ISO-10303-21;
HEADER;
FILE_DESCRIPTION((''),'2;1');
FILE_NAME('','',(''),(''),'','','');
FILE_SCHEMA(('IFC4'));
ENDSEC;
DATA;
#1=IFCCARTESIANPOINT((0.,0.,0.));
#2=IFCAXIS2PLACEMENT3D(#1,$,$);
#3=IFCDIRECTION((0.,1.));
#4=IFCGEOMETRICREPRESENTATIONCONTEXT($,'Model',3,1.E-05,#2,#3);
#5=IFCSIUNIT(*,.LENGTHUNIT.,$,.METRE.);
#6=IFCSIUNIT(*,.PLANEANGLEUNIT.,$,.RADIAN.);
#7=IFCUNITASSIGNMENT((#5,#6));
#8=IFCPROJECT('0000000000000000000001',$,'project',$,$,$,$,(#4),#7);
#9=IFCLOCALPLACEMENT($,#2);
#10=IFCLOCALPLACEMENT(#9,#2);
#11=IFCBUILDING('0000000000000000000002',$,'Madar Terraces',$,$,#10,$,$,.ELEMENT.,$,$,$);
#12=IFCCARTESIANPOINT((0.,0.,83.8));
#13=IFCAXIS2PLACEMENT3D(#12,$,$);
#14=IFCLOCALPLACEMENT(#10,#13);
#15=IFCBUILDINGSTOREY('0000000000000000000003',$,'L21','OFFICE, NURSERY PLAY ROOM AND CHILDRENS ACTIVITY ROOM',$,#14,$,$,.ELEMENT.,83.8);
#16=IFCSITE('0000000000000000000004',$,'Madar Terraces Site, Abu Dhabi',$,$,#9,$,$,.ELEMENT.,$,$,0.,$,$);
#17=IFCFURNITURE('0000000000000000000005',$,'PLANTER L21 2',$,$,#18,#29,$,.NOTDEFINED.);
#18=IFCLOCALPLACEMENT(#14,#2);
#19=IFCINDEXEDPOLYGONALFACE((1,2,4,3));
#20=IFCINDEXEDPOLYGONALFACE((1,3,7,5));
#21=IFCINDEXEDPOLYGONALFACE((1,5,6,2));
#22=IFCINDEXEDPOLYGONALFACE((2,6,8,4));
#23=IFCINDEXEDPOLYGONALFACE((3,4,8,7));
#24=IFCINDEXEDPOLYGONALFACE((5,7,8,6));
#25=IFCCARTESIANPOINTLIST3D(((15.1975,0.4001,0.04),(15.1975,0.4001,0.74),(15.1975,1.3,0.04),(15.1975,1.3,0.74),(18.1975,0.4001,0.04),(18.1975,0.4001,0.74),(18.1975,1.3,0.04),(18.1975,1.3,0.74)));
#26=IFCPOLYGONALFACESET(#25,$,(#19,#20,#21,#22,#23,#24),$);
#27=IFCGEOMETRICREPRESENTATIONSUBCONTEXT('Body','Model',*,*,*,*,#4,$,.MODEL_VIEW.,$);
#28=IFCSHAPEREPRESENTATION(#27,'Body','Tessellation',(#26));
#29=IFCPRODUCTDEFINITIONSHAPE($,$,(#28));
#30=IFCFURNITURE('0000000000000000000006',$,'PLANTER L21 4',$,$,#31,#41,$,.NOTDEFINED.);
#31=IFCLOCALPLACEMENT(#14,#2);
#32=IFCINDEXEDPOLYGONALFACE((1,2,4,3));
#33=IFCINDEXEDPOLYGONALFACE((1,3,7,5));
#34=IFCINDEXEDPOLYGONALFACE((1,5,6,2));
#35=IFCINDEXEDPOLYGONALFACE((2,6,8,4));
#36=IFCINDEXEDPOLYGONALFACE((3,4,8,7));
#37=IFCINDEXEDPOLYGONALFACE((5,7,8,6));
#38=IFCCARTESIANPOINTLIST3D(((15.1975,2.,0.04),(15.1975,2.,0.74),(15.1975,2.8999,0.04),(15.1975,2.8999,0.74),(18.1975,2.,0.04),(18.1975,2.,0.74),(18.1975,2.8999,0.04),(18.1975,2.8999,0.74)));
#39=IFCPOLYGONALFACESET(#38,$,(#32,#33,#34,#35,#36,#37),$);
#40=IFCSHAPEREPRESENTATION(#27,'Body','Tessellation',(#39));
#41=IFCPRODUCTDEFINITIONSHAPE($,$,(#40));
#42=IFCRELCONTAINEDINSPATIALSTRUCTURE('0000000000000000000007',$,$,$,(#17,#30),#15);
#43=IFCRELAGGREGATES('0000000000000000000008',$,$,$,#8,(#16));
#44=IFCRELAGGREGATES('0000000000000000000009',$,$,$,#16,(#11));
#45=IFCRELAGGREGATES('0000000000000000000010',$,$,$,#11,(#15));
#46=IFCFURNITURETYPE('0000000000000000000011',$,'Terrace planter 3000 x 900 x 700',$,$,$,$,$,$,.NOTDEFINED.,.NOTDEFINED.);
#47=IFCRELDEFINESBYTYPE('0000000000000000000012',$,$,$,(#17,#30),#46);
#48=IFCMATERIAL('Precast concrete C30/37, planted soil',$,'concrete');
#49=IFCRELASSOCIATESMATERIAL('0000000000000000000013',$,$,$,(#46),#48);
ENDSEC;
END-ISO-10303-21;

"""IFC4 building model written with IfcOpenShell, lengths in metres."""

from ifc_helpers import new_model, si_unit, direction, frame, origin, origin_2d, place, context, subcontext, project, spatial, rectangle, extrude, material, type_object, element, save


model = new_model("IFC4")

# Units and contexts
model_context = context("Model", 3, precision=1e-05, world=origin(), true_north=direction((0.0, 1.0)))
body_context = subcontext(model_context, "Body", "Model", "MODEL_VIEW")
ifc_project = project(units=[si_unit("LENGTHUNIT", "METRE"), si_unit("PLANEANGLEUNIT", "RADIAN")], contexts=[model_context])

# Site, building, storey
site_placement = place(None, origin())
site = spatial("IfcSite", under=ifc_project, at=site_placement, Name="Madar Terraces Site, Abu Dhabi", CompositionType="ELEMENT", RefElevation=0.0)
building_placement = place(site_placement, origin())
building = spatial("IfcBuilding", under=site, at=building_placement, Name="Madar Terraces", CompositionType="ELEMENT")
storey_placement = place(building_placement, frame((0.0, 0.0, 83.8)))
storey = spatial("IfcBuildingStorey", under=building, at=storey_placement, Name="L21", Description="OFFICE, NURSERY PLAY ROOM AND CHILDRENS ACTIVITY ROOM", CompositionType="ELEMENT", Elevation=83.8)

# Furniture
ifc_material_1 = material(Name="Precast concrete C30/37, planted soil", Category="concrete")
furniture_type = type_object("IfcFurnitureType", Name="Terrace planter 3000 x 900 x 700", AssemblyPlace="NOTDEFINED", PredefinedType="NOTDEFINED", material=ifc_material_1)
for number, where, z_axis, x_axis, name in (
    (1, (16.6975, 0.8501, 0.04), (0.0, 0.0, 1.0), (1.0, 0.0, 0.0), "PLANTER L21 2"),
    (2, (16.6975, 2.45, 0.04), (0.0, 0.0, 1.0), (1.0, 0.0, 0.0), "PLANTER L21 4"),
):
    element("IfcFurniture", number, at=place(storey_placement, frame(where, z_axis=z_axis, x_axis=x_axis)), inside=storey, type_object=furniture_type, Name=name, PredefinedType="NOTDEFINED", context=body_context, shape_type="SweptSolid", body=[
        extrude(rectangle(XDim=3.0, YDim=0.8999, at=origin_2d()), origin(), (0.0, 0.0, 1.0), 0.7),
    ])

save(model, "model.ifc")
